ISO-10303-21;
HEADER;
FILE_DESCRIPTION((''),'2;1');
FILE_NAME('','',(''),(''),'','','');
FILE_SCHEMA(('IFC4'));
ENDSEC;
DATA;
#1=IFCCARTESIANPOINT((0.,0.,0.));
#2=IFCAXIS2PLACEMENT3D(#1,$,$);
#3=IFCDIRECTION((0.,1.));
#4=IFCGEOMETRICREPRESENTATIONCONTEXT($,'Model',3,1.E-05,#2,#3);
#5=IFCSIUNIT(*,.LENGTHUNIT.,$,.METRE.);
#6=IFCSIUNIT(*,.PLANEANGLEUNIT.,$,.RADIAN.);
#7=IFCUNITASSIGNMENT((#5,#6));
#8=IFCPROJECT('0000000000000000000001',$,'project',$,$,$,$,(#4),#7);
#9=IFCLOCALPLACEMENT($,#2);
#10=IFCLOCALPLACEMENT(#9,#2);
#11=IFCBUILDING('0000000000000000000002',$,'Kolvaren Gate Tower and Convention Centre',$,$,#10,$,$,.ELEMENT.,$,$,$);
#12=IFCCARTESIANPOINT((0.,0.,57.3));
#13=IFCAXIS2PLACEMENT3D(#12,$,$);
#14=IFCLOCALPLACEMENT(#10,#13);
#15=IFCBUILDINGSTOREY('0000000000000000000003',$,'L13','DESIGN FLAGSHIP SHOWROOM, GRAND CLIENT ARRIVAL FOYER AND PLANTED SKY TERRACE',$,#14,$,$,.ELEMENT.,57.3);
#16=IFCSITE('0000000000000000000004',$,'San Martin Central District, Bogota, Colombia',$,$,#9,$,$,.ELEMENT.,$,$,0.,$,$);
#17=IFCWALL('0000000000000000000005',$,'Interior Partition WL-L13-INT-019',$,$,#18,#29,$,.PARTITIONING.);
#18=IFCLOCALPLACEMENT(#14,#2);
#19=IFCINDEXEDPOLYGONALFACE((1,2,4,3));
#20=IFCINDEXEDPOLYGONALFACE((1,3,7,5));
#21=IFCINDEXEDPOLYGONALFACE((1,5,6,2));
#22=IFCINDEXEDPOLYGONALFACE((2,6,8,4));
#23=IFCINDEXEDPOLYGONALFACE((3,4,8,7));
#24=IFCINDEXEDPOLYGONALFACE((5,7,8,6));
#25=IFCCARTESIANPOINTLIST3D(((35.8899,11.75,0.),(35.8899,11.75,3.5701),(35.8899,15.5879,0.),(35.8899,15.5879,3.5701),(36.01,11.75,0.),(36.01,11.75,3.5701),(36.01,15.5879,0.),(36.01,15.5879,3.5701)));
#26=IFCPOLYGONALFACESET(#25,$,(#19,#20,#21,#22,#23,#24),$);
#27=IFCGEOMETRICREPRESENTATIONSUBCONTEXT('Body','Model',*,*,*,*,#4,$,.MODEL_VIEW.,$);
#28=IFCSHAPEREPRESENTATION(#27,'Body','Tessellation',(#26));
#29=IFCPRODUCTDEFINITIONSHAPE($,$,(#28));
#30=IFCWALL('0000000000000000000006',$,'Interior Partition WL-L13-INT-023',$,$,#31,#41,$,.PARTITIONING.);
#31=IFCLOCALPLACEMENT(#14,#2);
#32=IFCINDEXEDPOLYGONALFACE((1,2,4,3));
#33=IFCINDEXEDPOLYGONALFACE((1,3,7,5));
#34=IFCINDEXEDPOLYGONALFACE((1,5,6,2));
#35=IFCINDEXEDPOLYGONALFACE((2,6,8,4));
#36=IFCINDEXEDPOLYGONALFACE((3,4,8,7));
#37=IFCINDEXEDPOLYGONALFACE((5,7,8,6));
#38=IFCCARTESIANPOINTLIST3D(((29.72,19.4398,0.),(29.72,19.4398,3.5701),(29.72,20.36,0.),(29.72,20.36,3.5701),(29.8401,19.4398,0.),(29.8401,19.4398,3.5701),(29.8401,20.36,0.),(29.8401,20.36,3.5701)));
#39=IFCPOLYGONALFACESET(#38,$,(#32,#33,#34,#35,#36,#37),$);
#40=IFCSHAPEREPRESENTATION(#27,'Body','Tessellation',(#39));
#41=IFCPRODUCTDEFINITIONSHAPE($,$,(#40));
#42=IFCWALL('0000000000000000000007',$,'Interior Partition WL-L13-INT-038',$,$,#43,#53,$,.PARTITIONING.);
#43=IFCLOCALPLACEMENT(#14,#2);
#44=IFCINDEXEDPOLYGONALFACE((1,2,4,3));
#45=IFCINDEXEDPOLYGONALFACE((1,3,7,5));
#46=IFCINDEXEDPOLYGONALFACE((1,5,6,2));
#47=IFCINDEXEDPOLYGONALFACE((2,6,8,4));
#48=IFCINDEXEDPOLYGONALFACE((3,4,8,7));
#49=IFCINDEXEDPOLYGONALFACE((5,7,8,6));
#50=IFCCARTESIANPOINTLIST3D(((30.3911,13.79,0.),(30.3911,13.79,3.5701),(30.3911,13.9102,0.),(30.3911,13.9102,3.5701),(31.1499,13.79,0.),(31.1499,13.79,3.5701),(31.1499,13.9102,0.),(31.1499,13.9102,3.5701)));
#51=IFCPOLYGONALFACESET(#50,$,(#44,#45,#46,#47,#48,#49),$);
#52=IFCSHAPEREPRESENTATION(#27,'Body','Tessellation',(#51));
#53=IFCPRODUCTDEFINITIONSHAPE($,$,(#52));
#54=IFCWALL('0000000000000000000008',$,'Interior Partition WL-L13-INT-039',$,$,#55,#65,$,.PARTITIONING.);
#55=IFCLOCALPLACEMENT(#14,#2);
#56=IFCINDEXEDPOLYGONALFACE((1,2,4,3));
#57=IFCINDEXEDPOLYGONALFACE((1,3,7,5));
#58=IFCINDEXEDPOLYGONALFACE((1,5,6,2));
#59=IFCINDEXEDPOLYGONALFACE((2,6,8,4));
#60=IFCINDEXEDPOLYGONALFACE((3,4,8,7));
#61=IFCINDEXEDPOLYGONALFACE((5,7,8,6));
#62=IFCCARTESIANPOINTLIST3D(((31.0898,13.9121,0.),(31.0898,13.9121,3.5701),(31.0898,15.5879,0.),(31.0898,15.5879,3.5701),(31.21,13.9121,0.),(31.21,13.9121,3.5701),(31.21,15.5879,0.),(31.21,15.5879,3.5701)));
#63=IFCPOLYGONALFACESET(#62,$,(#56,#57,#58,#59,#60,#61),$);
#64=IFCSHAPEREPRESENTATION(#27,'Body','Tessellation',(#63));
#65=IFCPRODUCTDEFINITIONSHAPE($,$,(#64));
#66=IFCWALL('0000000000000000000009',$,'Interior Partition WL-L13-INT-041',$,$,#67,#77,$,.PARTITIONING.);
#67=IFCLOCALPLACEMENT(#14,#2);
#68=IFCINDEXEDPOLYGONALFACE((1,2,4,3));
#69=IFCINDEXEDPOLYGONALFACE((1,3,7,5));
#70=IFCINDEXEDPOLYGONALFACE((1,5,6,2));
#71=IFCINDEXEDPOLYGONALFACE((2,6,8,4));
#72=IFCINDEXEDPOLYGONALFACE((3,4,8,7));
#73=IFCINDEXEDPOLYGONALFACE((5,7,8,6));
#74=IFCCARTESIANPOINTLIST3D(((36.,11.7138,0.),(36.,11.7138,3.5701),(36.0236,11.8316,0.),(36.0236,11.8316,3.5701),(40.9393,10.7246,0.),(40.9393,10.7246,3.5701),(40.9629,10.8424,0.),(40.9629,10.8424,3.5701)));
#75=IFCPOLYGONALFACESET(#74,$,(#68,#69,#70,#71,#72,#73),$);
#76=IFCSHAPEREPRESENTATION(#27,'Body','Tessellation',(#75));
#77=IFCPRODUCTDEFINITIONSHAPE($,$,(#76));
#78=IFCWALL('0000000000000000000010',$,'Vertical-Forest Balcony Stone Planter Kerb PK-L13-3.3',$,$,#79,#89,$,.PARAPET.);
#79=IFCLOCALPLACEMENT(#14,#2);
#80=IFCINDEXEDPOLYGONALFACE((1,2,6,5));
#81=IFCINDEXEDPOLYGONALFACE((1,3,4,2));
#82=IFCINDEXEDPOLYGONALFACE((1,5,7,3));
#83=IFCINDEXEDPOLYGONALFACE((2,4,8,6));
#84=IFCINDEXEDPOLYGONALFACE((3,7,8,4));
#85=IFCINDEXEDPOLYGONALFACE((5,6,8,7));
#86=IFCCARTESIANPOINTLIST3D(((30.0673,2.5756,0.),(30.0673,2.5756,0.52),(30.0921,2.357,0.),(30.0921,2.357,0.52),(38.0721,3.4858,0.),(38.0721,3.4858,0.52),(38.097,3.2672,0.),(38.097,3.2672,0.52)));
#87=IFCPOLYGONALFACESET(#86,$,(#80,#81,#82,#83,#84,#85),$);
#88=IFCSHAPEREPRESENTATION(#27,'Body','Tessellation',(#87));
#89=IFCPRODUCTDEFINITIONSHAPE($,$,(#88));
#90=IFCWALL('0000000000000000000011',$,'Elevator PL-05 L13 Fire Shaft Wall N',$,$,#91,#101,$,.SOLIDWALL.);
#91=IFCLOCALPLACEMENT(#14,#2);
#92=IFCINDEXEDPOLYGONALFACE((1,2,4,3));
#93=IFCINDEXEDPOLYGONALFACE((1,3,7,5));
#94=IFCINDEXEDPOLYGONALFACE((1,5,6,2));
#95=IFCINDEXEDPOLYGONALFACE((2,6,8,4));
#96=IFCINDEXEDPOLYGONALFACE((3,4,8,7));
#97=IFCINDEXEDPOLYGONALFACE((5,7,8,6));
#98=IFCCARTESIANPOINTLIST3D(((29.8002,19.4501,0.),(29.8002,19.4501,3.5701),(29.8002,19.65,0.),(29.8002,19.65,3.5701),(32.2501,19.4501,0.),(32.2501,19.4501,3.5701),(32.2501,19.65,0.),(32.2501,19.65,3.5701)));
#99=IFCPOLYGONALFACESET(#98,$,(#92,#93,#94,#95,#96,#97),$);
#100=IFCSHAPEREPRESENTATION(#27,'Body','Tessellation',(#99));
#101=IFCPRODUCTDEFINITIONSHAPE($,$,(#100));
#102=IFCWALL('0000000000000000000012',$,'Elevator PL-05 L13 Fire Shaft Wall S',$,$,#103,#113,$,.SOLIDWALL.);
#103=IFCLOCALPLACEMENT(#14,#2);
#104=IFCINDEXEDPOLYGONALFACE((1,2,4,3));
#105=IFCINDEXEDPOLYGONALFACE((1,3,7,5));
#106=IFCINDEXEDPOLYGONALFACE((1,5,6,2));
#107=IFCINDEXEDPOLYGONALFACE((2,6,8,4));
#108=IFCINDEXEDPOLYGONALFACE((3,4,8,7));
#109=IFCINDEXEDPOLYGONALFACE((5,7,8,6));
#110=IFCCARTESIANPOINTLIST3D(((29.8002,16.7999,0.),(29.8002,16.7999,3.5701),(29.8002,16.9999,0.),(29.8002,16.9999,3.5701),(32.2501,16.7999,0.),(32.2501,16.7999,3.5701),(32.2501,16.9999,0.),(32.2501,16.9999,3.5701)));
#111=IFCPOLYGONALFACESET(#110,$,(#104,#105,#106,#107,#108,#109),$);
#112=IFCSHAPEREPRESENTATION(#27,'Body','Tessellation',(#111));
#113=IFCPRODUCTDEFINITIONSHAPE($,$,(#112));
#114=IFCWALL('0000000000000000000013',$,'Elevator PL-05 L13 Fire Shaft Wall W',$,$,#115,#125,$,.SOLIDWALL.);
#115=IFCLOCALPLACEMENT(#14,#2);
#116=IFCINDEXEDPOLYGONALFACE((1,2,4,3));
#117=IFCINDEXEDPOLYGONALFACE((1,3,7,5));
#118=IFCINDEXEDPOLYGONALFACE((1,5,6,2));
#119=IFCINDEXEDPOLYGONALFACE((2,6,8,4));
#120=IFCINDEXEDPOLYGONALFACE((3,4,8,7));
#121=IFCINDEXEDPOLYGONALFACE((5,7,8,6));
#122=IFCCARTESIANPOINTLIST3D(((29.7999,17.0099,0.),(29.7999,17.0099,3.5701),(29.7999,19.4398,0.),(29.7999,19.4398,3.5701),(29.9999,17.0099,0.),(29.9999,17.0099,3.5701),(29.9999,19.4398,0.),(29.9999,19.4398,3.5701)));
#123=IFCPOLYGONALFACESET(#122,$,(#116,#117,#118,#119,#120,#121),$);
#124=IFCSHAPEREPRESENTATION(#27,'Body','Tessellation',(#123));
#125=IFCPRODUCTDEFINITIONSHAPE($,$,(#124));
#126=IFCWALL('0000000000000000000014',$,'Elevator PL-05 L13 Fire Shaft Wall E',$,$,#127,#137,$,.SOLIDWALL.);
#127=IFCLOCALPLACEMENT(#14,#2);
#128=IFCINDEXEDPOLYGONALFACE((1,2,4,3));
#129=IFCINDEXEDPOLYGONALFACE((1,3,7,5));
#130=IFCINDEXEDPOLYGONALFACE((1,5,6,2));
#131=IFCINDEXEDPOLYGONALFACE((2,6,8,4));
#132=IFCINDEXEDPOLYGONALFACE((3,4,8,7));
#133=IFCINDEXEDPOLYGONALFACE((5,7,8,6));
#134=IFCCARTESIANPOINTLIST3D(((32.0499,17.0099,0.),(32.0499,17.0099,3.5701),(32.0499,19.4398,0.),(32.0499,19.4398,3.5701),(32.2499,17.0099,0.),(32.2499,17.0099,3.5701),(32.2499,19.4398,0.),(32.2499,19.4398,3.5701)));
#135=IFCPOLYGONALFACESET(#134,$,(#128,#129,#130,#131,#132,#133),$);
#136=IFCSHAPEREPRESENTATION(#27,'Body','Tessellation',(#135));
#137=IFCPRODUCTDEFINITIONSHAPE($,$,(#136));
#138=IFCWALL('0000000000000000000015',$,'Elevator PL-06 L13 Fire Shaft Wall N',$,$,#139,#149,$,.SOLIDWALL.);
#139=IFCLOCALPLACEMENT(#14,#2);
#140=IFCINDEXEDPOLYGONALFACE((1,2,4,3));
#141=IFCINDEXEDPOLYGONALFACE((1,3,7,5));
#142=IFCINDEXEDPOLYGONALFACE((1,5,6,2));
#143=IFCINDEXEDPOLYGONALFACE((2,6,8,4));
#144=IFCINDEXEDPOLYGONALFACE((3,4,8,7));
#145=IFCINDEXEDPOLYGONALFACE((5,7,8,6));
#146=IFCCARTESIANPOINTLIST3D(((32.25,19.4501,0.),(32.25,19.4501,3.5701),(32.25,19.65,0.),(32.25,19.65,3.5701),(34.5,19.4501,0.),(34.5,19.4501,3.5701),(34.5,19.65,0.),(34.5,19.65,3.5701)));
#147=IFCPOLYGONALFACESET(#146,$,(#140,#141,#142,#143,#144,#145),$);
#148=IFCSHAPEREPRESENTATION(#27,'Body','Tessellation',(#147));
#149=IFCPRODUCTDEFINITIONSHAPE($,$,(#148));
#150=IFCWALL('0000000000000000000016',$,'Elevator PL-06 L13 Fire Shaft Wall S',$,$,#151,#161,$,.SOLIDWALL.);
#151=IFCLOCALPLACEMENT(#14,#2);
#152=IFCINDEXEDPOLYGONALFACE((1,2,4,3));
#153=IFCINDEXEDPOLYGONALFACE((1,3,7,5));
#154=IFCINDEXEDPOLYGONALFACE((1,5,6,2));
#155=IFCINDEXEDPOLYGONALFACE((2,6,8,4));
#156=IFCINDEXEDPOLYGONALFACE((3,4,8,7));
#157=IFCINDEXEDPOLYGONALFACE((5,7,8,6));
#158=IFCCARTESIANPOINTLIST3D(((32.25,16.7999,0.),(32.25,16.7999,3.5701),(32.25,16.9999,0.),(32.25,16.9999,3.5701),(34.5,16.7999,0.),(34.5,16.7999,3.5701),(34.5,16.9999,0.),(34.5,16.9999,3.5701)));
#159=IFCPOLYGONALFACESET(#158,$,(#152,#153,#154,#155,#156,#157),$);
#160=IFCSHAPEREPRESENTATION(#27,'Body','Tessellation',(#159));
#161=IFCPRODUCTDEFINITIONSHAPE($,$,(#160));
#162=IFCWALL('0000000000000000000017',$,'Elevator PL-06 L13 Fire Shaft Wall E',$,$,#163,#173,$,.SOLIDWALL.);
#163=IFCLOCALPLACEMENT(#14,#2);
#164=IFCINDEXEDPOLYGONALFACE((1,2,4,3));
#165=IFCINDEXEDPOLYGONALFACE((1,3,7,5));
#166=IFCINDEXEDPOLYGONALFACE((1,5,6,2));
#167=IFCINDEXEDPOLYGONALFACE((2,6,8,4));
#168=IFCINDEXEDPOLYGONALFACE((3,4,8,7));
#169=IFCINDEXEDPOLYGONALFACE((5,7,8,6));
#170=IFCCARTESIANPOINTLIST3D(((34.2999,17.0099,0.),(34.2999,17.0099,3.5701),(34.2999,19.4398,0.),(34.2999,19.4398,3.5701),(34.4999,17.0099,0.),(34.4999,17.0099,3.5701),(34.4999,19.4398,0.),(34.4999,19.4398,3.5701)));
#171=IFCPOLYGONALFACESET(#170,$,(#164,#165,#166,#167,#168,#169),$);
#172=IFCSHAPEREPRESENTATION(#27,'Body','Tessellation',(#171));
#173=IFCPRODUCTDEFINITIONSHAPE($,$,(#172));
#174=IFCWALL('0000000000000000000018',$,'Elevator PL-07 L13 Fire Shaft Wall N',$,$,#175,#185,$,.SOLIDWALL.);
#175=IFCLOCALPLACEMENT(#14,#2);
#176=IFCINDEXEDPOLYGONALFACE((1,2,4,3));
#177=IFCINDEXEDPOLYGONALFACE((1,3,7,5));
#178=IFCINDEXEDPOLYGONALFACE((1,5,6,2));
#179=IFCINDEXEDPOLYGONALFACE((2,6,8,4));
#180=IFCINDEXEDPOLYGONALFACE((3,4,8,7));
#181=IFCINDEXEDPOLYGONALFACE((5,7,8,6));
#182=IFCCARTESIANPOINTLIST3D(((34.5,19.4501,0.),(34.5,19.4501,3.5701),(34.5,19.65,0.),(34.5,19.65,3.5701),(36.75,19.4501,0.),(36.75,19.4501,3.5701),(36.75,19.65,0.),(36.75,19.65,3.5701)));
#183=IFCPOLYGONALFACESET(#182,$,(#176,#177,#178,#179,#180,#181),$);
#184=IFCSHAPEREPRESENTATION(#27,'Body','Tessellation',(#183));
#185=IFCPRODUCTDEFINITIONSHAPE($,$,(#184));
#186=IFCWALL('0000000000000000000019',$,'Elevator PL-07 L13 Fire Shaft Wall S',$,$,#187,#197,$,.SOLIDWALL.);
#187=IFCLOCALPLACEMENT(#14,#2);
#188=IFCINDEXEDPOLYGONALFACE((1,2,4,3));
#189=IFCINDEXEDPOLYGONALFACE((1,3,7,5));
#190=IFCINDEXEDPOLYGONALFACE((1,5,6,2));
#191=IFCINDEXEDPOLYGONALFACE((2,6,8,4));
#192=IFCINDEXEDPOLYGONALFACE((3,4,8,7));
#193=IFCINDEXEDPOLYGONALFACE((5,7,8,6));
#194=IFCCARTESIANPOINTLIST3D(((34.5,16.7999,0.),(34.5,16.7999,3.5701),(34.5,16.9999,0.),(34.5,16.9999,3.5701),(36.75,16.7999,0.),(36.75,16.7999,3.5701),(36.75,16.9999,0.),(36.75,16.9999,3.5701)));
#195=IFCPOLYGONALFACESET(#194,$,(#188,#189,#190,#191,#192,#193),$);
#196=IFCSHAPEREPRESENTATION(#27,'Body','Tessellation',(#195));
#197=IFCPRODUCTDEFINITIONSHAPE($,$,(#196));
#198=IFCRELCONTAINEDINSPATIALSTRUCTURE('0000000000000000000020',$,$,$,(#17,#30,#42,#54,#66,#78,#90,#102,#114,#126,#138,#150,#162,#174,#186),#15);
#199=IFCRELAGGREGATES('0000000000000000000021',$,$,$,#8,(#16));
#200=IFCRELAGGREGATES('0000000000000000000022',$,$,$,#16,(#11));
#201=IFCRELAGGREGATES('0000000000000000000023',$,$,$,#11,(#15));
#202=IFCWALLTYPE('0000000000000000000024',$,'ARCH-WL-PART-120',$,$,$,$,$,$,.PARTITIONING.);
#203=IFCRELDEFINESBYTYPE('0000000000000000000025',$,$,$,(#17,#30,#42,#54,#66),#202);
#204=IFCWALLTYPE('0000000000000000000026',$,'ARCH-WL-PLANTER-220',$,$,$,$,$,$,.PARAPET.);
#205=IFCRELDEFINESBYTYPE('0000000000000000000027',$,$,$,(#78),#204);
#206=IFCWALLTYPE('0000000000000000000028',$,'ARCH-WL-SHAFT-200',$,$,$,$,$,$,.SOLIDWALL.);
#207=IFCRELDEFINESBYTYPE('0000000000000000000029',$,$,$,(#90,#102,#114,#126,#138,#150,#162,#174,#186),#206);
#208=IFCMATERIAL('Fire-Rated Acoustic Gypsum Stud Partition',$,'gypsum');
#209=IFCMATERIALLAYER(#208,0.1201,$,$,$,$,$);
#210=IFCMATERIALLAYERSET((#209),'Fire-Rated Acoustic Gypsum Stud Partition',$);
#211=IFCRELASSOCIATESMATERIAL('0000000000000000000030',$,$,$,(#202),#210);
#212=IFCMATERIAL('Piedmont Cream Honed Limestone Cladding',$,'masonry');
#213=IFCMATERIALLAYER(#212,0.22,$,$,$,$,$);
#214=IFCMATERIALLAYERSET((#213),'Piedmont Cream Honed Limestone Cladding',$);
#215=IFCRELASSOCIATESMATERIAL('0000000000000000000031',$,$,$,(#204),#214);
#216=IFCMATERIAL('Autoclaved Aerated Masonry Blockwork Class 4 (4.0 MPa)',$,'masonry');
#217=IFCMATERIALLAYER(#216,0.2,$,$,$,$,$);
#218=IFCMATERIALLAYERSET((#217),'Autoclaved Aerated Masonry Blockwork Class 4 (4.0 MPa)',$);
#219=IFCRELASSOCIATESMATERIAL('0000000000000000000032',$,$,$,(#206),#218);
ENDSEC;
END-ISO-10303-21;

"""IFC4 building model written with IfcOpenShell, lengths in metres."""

from ifc_helpers import new_model, si_unit, direction, frame, frame_2d, origin, place, context, subcontext, project, spatial, rectangle, extrude, material, layer, layer_set, type_object, element, save


model = new_model("IFC4")

# Units and contexts
model_context = context("Model", 3, precision=1e-05, world=origin(), true_north=direction((0.0, 1.0)))
body_context = subcontext(model_context, "Body", "Model", "MODEL_VIEW")
ifc_project = project(units=[si_unit("LENGTHUNIT", "METRE"), si_unit("PLANEANGLEUNIT", "RADIAN")], contexts=[model_context])

# Site, building, storey
site_placement = place(None, origin())
site = spatial("IfcSite", under=ifc_project, at=site_placement, Name="San Martin Central District, Bogota, Colombia", CompositionType="ELEMENT", RefElevation=0.0)
building_placement = place(site_placement, origin())
building = spatial("IfcBuilding", under=site, at=building_placement, Name="Kolvaren Gate Tower and Convention Centre", CompositionType="ELEMENT")
storey_placement = place(building_placement, frame((0.0, 0.0, 57.3)))
storey = spatial("IfcBuildingStorey", under=building, at=storey_placement, Name="L13", Description="DESIGN FLAGSHIP SHOWROOM, GRAND CLIENT ARRIVAL FOYER AND PLANTED SKY TERRACE", CompositionType="ELEMENT", Elevation=57.3)

# Walls
ifc_material_1 = material(Name="Fire-Rated Acoustic Gypsum Stud Partition", Category="gypsum")
ifc_layer_1 = layer(ifc_material_1, 0.1201)
ifc_layer_set_1 = layer_set([ifc_layer_1], Name="Fire-Rated Acoustic Gypsum Stud Partition")
wall_type_1 = type_object("IfcWallType", Name="ARCH-WL-PART-120", PredefinedType="PARTITIONING", material=ifc_layer_set_1)
wall_1_placement = place(storey_placement, frame((35.95, 11.75, 0.0), z_axis=(0.0, 0.0, 1.0), x_axis=(0.0, 1.0, 0.0)))
element("IfcWall", 1, at=wall_1_placement, inside=storey, type_object=wall_type_1, Name="Interior Partition WL-L13-INT-019", PredefinedType="PARTITIONING", context=body_context, shape_type="SweptSolid", body=[
    extrude(rectangle(XDim=3.8379, YDim=0.1201, at=frame_2d((1.9189, 0.0))), origin(), (0.0, 0.0, 1.0), 3.5701),
])
wall_2_placement = place(storey_placement, frame((29.78, 19.4399, 0.0), z_axis=(0.0, 0.0, 1.0), x_axis=(0.0, 1.0, 0.0)))
element("IfcWall", 2, at=wall_2_placement, inside=storey, type_object=wall_type_1, Name="Interior Partition WL-L13-INT-023", PredefinedType="PARTITIONING", context=body_context, shape_type="SweptSolid", body=[
    extrude(rectangle(XDim=0.9202, YDim=0.1201, at=frame_2d((0.46, 0.0))), origin(), (0.0, 0.0, 1.0), 3.5701),
])
wall_3_placement = place(storey_placement, frame((30.3911, 13.8501, 0.0), z_axis=(0.0, 0.0, 1.0), x_axis=(1.0, 0.0, 0.0)))
element("IfcWall", 3, at=wall_3_placement, inside=storey, type_object=wall_type_1, Name="Interior Partition WL-L13-INT-038", PredefinedType="PARTITIONING", context=body_context, shape_type="SweptSolid", body=[
    extrude(rectangle(XDim=0.7588, YDim=0.1201, at=frame_2d((0.3794, 0.0))), origin(), (0.0, 0.0, 1.0), 3.5701),
])
wall_4_placement = place(storey_placement, frame((31.1499, 13.9121, 0.0), z_axis=(0.0, 0.0, 1.0), x_axis=(0.0, 1.0, 0.0)))
element("IfcWall", 4, at=wall_4_placement, inside=storey, type_object=wall_type_1, Name="Interior Partition WL-L13-INT-039", PredefinedType="PARTITIONING", context=body_context, shape_type="SweptSolid", body=[
    extrude(rectangle(XDim=1.6758, YDim=0.1201, at=frame_2d((0.8379, 0.0))), origin(), (0.0, 0.0, 1.0), 3.5701),
])
wall_5_placement = place(storey_placement, frame((36.012, 11.7727, 0.0), z_axis=(0.0, 0.0, 1.0), x_axis=(0.980527, -0.196386, 0.0)))
element("IfcWall", 5, at=wall_5_placement, inside=storey, type_object=wall_type_1, Name="Interior Partition WL-L13-INT-041", PredefinedType="PARTITIONING", context=body_context, shape_type="SweptSolid", body=[
    extrude(rectangle(XDim=5.0374, YDim=0.1201, at=frame_2d((2.5186, 0.0))), origin(), (0.0, 0.0, 1.0), 3.5701),
])
ifc_material_2 = material(Name="Piedmont Cream Honed Limestone Cladding", Category="masonry")
ifc_layer_2 = layer(ifc_material_2, 0.22)
ifc_layer_set_2 = layer_set([ifc_layer_2], Name="Piedmont Cream Honed Limestone Cladding")
wall_type_2 = type_object("IfcWallType", Name="ARCH-WL-PLANTER-220", PredefinedType="PARAPET", material=ifc_layer_set_2)
wall_6_placement = place(storey_placement, frame((30.0796, 2.4663, 0.0), z_axis=(0.0, 0.0, 1.0), x_axis=(0.993598, 0.112972, 0.0)))
element("IfcWall", 6, at=wall_6_placement, inside=storey, type_object=wall_type_2, Name="Vertical-Forest Balcony Stone Planter Kerb PK-L13-3.3", PredefinedType="PARAPET", context=body_context, shape_type="SweptSolid", body=[
    extrude(rectangle(XDim=8.0564, YDim=0.22, at=frame_2d((4.0283, 0.0))), origin(), (0.0, 0.0, 1.0), 0.52),
])
ifc_material_3 = material(Name="Autoclaved Aerated Masonry Blockwork Class 4 (4.0 MPa)", Category="masonry")
ifc_layer_3 = layer(ifc_material_3, 0.2)
ifc_layer_set_3 = layer_set([ifc_layer_3], Name="Autoclaved Aerated Masonry Blockwork Class 4 (4.0 MPa)")
wall_type_3 = type_object("IfcWallType", Name="ARCH-WL-SHAFT-200", PredefinedType="SOLIDWALL", material=ifc_layer_set_3)
for number, where, z_axis, x_axis, name in (
    (7, (29.8, 19.55, 0.0), (0.0, 0.0, 1.0), (1.0, 0.0, 0.0), "Elevator PL-05 L13 Fire Shaft Wall N"),
    (8, (29.8, 16.8999, 0.0), (0.0, 0.0, 1.0), (1.0, 0.0, 0.0), "Elevator PL-05 L13 Fire Shaft Wall S"),
):
    element("IfcWall", number, at=place(storey_placement, frame(where, z_axis=z_axis, x_axis=x_axis)), inside=storey, type_object=wall_type_3, Name=name, PredefinedType="SOLIDWALL", context=body_context, shape_type="SweptSolid", body=[
        extrude(rectangle(XDim=2.45, YDim=0.2, at=frame_2d((1.2251, 0.0))), origin(), (0.0, 0.0, 1.0), 3.5701),
    ])
for number, where, z_axis, x_axis, name in (
    (9, (29.8999, 17.01, 0.0), (0.0, 0.0, 1.0), (0.0, 1.0, 0.0), "Elevator PL-05 L13 Fire Shaft Wall W"),
    (10, (32.1499, 17.01, 0.0), (0.0, 0.0, 1.0), (0.0, 1.0, 0.0), "Elevator PL-05 L13 Fire Shaft Wall E"),
):
    element("IfcWall", number, at=place(storey_placement, frame(where, z_axis=z_axis, x_axis=x_axis)), inside=storey, type_object=wall_type_3, Name=name, PredefinedType="SOLIDWALL", context=body_context, shape_type="SweptSolid", body=[
        extrude(rectangle(XDim=2.4299, YDim=0.2, at=frame_2d((1.2148, 0.0))), origin(), (0.0, 0.0, 1.0), 3.5701),
    ])
for number, where, z_axis, x_axis, name in (
    (11, (32.25, 19.55, 0.0), (0.0, 0.0, 1.0), (1.0, 0.0, 0.0), "Elevator PL-06 L13 Fire Shaft Wall N"),
    (12, (32.25, 16.8999, 0.0), (0.0, 0.0, 1.0), (1.0, 0.0, 0.0), "Elevator PL-06 L13 Fire Shaft Wall S"),
):
    element("IfcWall", number, at=place(storey_placement, frame(where, z_axis=z_axis, x_axis=x_axis)), inside=storey, type_object=wall_type_3, Name=name, PredefinedType="SOLIDWALL", context=body_context, shape_type="SweptSolid", body=[
        extrude(rectangle(XDim=2.25, YDim=0.2, at=frame_2d((1.125, 0.0))), origin(), (0.0, 0.0, 1.0), 3.5701),
    ])
wall_7_placement = place(storey_placement, frame((34.3999, 17.01, 0.0), z_axis=(0.0, 0.0, 1.0), x_axis=(0.0, 1.0, 0.0)))
element("IfcWall", 13, at=wall_7_placement, inside=storey, type_object=wall_type_3, Name="Elevator PL-06 L13 Fire Shaft Wall E", PredefinedType="SOLIDWALL", context=body_context, shape_type="SweptSolid", body=[
    extrude(rectangle(XDim=2.4299, YDim=0.2, at=frame_2d((1.2148, 0.0))), origin(), (0.0, 0.0, 1.0), 3.5701),
])
for number, where, z_axis, x_axis, name in (
    (14, (34.5, 19.55, 0.0), (0.0, 0.0, 1.0), (1.0, 0.0, 0.0), "Elevator PL-07 L13 Fire Shaft Wall N"),
    (15, (34.5, 16.8999, 0.0), (0.0, 0.0, 1.0), (1.0, 0.0, 0.0), "Elevator PL-07 L13 Fire Shaft Wall S"),
):
    element("IfcWall", number, at=place(storey_placement, frame(where, z_axis=z_axis, x_axis=x_axis)), inside=storey, type_object=wall_type_3, Name=name, PredefinedType="SOLIDWALL", context=body_context, shape_type="SweptSolid", body=[
        extrude(rectangle(XDim=2.25, YDim=0.2, at=frame_2d((1.125, 0.0))), origin(), (0.0, 0.0, 1.0), 3.5701),
    ])

save(model, "model.ifc")
